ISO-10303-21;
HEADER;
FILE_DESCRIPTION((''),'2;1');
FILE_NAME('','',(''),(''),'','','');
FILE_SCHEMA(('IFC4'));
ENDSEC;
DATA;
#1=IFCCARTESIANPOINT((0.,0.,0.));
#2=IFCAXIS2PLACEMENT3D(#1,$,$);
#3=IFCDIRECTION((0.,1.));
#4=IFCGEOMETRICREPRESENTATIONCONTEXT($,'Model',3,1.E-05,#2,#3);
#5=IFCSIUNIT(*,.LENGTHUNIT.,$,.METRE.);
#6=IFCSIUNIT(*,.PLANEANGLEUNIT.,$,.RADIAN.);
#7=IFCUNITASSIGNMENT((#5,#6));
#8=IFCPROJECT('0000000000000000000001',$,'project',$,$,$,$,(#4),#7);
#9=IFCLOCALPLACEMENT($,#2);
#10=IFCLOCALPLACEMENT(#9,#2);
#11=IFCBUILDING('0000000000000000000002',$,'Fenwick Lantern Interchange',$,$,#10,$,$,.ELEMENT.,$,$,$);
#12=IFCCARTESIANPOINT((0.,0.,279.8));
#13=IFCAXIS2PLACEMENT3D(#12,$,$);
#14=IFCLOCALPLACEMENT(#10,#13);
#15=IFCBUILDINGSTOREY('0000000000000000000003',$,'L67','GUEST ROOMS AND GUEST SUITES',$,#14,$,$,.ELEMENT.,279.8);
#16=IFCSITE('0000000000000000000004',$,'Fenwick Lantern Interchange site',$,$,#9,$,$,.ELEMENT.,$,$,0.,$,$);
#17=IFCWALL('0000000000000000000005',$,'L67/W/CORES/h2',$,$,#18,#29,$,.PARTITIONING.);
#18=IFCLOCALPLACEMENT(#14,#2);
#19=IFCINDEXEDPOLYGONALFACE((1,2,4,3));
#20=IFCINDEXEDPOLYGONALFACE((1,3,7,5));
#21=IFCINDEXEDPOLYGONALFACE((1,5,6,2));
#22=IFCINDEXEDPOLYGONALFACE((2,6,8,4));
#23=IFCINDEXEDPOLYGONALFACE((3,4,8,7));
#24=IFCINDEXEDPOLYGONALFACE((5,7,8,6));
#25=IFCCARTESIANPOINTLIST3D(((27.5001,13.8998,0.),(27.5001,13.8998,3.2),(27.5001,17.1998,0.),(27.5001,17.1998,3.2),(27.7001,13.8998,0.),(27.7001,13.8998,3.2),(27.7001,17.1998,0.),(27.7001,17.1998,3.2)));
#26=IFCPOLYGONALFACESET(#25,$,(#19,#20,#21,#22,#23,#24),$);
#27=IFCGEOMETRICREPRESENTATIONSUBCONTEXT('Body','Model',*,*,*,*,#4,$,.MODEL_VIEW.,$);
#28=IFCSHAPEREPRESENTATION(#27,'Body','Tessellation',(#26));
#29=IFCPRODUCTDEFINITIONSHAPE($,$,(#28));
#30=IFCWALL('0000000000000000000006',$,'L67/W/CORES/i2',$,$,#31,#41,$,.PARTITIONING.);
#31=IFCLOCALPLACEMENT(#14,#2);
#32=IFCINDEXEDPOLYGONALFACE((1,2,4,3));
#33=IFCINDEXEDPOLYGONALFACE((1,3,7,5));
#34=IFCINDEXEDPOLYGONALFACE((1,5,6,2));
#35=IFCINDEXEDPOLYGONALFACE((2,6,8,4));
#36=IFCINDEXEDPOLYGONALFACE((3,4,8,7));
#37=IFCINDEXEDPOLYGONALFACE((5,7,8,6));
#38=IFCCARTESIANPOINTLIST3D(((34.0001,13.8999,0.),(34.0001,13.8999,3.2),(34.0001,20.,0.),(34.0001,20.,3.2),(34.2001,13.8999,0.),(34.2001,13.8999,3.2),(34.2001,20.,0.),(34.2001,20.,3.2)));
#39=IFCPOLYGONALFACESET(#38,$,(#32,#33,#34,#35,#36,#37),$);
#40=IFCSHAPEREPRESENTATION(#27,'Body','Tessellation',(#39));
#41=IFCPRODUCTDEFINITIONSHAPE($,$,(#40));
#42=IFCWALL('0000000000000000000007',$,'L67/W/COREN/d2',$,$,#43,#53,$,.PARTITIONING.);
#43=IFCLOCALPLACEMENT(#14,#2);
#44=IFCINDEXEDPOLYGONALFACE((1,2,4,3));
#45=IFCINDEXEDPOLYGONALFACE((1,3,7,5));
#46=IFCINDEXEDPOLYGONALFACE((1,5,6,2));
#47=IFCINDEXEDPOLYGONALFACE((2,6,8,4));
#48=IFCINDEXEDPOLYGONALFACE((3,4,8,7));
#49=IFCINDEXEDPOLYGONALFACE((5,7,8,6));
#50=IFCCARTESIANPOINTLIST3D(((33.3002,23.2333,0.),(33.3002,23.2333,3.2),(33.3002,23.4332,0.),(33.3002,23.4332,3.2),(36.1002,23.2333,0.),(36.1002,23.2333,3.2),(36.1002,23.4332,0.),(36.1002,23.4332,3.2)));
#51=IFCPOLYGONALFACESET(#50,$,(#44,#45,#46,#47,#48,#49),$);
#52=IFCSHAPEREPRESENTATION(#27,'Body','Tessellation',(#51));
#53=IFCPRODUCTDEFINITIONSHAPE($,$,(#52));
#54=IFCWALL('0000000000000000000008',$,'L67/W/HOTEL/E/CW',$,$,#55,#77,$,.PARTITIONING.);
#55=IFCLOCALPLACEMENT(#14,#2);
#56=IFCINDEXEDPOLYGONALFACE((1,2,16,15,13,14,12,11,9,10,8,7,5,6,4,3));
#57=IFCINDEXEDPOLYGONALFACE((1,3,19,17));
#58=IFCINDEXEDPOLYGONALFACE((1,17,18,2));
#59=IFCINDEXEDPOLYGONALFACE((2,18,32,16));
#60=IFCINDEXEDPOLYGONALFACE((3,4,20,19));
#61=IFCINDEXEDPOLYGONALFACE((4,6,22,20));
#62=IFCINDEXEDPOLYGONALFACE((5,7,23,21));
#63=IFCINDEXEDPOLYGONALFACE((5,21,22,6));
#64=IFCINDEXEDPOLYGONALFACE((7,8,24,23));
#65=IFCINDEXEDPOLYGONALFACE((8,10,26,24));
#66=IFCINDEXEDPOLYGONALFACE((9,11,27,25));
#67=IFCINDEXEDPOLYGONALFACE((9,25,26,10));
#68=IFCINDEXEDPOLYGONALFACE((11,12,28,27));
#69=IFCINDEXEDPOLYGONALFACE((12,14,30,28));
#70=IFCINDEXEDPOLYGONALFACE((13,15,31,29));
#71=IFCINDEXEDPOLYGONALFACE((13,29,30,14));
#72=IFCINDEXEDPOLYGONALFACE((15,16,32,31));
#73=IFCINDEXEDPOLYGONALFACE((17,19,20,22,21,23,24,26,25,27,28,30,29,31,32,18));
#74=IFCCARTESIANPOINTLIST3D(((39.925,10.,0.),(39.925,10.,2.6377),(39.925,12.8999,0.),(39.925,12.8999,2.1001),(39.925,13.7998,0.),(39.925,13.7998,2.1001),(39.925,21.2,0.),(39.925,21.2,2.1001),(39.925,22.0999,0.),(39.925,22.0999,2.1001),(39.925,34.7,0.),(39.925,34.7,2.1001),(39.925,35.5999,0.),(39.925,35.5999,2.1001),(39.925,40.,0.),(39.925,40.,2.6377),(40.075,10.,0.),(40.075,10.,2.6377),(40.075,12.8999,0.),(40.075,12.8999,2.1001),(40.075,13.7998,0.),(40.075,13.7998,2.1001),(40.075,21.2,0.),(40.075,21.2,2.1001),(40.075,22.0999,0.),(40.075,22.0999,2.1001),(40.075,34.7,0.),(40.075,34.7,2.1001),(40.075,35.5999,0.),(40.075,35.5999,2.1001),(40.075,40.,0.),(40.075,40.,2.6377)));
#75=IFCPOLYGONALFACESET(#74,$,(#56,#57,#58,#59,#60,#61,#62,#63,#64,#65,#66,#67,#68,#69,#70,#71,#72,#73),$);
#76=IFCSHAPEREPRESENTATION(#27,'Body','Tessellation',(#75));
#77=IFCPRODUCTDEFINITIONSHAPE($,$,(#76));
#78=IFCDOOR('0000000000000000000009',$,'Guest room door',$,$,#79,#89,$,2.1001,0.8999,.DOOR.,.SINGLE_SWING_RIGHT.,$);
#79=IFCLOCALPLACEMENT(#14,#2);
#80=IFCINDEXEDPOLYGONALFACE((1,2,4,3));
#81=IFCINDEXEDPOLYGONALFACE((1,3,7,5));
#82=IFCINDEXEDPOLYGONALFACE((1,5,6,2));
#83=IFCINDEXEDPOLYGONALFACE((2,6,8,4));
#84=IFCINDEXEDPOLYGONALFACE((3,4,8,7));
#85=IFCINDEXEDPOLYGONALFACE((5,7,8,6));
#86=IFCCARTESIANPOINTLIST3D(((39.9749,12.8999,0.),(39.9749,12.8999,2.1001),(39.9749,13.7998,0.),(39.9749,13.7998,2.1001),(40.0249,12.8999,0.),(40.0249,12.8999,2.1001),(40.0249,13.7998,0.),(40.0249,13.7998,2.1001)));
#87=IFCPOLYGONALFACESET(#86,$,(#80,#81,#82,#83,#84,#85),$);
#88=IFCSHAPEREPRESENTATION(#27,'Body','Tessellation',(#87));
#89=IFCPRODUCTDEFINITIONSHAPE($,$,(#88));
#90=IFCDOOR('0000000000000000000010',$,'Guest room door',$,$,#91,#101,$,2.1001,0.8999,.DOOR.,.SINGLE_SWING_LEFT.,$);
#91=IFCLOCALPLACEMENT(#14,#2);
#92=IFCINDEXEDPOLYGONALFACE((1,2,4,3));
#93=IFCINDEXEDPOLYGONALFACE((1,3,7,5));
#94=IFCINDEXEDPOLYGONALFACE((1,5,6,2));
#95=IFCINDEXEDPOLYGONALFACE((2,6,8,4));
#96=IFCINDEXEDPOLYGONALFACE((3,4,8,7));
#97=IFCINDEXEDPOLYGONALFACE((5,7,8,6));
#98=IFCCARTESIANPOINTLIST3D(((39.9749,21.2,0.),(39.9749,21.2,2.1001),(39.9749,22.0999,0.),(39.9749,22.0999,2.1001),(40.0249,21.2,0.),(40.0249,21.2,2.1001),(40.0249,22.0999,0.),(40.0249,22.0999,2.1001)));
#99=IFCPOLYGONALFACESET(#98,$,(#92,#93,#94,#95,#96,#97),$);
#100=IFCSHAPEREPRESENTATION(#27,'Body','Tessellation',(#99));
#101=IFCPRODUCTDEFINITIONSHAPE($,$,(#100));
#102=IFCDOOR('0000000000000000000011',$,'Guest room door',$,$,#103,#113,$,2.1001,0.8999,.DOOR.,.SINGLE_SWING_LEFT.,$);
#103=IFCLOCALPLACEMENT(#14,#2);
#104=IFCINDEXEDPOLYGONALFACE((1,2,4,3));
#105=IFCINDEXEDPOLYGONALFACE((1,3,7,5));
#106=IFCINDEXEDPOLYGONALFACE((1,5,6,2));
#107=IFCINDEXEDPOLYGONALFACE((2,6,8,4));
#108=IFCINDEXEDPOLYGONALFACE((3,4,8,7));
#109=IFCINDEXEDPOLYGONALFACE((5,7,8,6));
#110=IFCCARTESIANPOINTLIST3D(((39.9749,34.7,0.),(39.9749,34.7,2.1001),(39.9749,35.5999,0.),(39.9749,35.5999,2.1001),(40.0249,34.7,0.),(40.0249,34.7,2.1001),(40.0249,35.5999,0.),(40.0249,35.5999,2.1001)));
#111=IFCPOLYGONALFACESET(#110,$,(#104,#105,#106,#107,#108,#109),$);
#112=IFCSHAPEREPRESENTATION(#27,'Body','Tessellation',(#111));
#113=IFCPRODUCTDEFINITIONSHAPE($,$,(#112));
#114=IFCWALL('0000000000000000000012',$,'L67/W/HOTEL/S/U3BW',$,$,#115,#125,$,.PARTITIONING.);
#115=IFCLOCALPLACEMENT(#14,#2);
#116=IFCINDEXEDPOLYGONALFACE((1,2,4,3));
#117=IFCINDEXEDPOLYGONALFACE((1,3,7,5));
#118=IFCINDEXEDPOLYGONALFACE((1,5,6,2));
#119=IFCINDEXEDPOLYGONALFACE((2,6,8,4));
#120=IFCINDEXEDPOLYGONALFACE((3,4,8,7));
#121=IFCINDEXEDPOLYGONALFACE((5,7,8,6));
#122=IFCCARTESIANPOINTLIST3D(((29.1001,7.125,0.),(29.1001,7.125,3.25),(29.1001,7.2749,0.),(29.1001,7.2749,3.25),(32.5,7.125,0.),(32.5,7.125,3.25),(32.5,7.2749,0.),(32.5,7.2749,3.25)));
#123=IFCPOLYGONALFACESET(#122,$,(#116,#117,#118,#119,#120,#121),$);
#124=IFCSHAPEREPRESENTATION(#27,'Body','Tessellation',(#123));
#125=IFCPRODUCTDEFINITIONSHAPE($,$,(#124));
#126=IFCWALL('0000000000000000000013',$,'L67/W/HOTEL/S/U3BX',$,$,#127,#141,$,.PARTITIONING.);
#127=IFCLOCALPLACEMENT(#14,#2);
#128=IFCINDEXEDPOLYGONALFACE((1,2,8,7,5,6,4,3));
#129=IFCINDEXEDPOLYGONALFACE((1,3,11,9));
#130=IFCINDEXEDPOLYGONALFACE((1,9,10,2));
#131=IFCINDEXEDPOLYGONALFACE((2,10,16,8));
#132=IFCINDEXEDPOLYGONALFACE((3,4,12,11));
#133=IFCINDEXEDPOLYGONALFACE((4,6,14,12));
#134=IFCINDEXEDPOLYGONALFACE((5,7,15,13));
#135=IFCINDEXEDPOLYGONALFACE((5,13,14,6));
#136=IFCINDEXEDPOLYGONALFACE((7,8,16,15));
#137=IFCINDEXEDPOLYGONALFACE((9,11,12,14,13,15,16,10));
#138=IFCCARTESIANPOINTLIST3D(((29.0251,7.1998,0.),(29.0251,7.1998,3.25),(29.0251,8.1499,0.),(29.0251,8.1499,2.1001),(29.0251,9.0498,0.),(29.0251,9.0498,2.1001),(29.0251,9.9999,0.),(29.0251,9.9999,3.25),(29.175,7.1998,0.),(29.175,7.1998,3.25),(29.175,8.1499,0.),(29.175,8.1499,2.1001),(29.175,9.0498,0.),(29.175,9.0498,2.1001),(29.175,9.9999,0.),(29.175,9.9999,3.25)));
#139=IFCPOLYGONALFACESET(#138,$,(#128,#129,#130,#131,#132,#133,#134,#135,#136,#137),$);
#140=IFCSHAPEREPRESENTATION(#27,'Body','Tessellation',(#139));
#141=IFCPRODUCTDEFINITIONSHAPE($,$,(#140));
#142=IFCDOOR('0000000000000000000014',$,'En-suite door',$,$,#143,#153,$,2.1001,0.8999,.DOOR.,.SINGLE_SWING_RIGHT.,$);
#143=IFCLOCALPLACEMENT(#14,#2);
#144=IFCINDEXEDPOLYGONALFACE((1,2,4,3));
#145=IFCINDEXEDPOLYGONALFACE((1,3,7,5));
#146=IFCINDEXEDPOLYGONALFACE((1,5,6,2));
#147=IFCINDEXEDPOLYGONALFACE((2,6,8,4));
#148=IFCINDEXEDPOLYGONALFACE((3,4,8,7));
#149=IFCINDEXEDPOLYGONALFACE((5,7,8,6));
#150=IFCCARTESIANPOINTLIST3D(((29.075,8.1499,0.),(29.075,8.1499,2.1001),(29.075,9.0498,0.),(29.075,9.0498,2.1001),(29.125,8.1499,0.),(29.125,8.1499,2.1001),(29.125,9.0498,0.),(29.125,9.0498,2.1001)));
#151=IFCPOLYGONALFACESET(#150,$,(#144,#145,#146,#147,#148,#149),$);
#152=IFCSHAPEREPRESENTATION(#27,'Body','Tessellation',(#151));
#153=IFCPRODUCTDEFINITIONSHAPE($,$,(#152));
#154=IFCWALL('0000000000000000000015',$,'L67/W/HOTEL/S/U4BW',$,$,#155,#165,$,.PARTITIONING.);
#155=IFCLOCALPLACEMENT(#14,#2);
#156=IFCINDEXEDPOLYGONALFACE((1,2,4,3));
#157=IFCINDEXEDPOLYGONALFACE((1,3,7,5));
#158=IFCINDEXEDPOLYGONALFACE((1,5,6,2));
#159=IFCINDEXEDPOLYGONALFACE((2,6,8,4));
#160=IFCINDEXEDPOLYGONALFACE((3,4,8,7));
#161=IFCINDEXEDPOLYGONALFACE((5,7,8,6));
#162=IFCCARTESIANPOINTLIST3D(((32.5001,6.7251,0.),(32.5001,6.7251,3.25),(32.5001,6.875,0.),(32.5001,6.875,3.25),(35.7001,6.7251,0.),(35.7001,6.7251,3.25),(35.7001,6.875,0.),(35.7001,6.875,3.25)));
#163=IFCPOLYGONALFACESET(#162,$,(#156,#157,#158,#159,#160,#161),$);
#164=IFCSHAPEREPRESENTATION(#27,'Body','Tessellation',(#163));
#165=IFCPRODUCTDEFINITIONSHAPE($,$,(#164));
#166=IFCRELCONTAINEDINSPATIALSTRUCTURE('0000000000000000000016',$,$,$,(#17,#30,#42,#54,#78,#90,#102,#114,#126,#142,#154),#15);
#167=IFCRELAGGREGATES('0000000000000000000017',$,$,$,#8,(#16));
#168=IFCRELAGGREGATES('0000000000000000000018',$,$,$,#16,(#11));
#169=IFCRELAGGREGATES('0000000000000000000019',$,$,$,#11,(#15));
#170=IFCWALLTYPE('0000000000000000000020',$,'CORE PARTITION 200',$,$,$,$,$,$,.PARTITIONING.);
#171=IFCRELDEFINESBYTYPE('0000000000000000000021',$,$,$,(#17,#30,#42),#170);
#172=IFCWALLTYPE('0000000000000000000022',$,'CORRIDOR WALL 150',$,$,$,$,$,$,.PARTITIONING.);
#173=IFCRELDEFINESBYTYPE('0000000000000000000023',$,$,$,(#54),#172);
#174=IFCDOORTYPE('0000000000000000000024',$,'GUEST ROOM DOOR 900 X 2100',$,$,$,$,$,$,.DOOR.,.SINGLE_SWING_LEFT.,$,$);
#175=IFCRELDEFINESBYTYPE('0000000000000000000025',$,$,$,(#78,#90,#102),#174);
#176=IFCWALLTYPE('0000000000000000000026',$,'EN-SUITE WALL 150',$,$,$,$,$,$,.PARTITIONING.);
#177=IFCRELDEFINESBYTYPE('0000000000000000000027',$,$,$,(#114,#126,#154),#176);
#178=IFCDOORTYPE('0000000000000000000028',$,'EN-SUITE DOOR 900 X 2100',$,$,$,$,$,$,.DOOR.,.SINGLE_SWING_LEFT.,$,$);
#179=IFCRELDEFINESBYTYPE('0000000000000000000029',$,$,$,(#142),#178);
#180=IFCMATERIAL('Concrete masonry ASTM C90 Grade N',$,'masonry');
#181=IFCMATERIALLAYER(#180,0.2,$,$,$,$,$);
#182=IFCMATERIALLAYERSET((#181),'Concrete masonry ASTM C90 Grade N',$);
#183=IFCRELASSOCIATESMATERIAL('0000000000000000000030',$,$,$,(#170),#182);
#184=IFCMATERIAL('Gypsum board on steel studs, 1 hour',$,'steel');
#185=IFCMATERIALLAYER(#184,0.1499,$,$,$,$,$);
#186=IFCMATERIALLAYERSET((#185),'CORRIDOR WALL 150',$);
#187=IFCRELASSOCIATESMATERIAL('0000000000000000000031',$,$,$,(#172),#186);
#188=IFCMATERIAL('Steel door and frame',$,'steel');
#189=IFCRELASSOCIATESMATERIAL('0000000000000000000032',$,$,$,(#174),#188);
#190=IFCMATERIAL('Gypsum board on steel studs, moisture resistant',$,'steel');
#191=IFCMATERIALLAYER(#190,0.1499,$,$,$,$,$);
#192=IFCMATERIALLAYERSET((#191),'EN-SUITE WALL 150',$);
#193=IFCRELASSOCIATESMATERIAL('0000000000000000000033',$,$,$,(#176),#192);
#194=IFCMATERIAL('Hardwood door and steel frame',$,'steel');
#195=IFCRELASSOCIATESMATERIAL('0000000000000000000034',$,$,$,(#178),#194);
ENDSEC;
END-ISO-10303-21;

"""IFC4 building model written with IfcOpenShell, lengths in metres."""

from ifc_helpers import new_model, si_unit, direction, frame, frame_2d, origin, place, context, subcontext, project, spatial, rectangle, extrude, material, layer, layer_set, type_object, element, fill, save


model = new_model("IFC4")

# Units and contexts
model_context = context("Model", 3, precision=1e-05, world=origin(), true_north=direction((0.0, 1.0)))
body_context = subcontext(model_context, "Body", "Model", "MODEL_VIEW")
ifc_project = project(units=[si_unit("LENGTHUNIT", "METRE"), si_unit("PLANEANGLEUNIT", "RADIAN")], contexts=[model_context])

# Site, building, storey
site_placement = place(None, origin())
site = spatial("IfcSite", under=ifc_project, at=site_placement, Name="Fenwick Lantern Interchange site", CompositionType="ELEMENT", RefElevation=0.0)
building_placement = place(site_placement, origin())
building = spatial("IfcBuilding", under=site, at=building_placement, Name="Fenwick Lantern Interchange", CompositionType="ELEMENT")
storey_placement = place(building_placement, frame((0.0, 0.0, 279.8)))
storey = spatial("IfcBuildingStorey", under=building, at=storey_placement, Name="L67", Description="GUEST ROOMS AND GUEST SUITES", CompositionType="ELEMENT", Elevation=279.8)

# Walls
ifc_material_1 = material(Name="Concrete masonry ASTM C90 Grade N", Category="masonry")
ifc_layer_1 = layer(ifc_material_1, 0.2)
ifc_layer_set_1 = layer_set([ifc_layer_1], Name="Concrete masonry ASTM C90 Grade N")
wall_type_1 = type_object("IfcWallType", Name="CORE PARTITION 200", PredefinedType="PARTITIONING", material=ifc_layer_set_1)
wall_1_placement = place(storey_placement, frame((27.6001, 13.8999, 0.0), z_axis=(0.0, 0.0, 1.0), x_axis=(0.0, 1.0, 0.0)))
element("IfcWall", 1, at=wall_1_placement, inside=storey, type_object=wall_type_1, Name="L67/W/CORES/h2", PredefinedType="PARTITIONING", context=body_context, shape_type="SweptSolid", body=[
    extrude(rectangle(XDim=3.3, YDim=0.2, at=frame_2d((1.6499, 0.0))), origin(), (0.0, 0.0, 1.0), 3.2),
])
wall_2_placement = place(storey_placement, frame((34.1001, 13.8999, 0.0), z_axis=(0.0, 0.0, 1.0), x_axis=(0.0, 1.0, 0.0)))
element("IfcWall", 2, at=wall_2_placement, inside=storey, type_object=wall_type_1, Name="L67/W/CORES/i2", PredefinedType="PARTITIONING", context=body_context, shape_type="SweptSolid", body=[
    extrude(rectangle(XDim=6.1001, YDim=0.2, at=frame_2d((3.05, 0.0))), origin(), (0.0, 0.0, 1.0), 3.2),
])
wall_3_placement = place(storey_placement, frame((36.1001, 23.3333, 0.0), z_axis=(0.0, 0.0, 1.0), x_axis=(-1.0, 0.0, 0.0)))
element("IfcWall", 3, at=wall_3_placement, inside=storey, type_object=wall_type_1, Name="L67/W/COREN/d2", PredefinedType="PARTITIONING", context=body_context, shape_type="SweptSolid", body=[
    extrude(rectangle(XDim=2.8, YDim=0.2, at=frame_2d((1.3999, 0.0))), origin(), (0.0, 0.0, 1.0), 3.2),
])

# Wall, openings, doors
ifc_material_2 = material(Name="Steel door and frame", Category="steel")
ifc_material_3 = material(Name="Hardwood door and steel frame", Category="steel")
ifc_material_4 = material(Name="Gypsum board on steel studs, 1 hour", Category="steel")
ifc_layer_2 = layer(ifc_material_4, 0.1499)
ifc_layer_set_2 = layer_set([ifc_layer_2], Name="CORRIDOR WALL 150")
wall_type_2 = type_object("IfcWallType", Name="CORRIDOR WALL 150", PredefinedType="PARTITIONING", material=ifc_layer_set_2)
wall_4_placement = place(storey_placement, frame((40.0, 10.0, 0.0), z_axis=(0.0, 0.0, 1.0), x_axis=(0.0, 1.0, 0.0)))
wall_4 = element("IfcWall", 4, at=wall_4_placement, inside=storey, type_object=wall_type_2, Name="L67/W/HOTEL/E/CW", PredefinedType="PARTITIONING", context=body_context, shape_type="SweptSolid", body=[
    extrude(rectangle(XDim=30.0, YDim=0.1499, at=frame_2d((15.0, 0.0))), origin(), (0.0, 0.0, 1.0), 2.6377),
])
opening_1_placement = place(wall_4_placement, frame((2.8999, 0.0, 0.0)))
opening_1 = element("IfcOpeningElement", 5, at=opening_1_placement, cuts=wall_4, PredefinedType="OPENING", context=body_context, shape_type="SweptSolid", body=[
    extrude(rectangle(XDim=0.8999, YDim=2.1001, at=frame_2d((0.45, 1.05))), frame((0.0, 0.085, 0.0), z_axis=(0.0, -1.0, 0.0), x_axis=(1.0, 0.0, 0.0)), (0.0, 0.0, 1.0), 0.1699),
])
opening_2_placement = place(wall_4_placement, frame((11.2, 0.0, 0.0)))
opening_2 = element("IfcOpeningElement", 6, at=opening_2_placement, cuts=wall_4, PredefinedType="OPENING", context=body_context, shape_type="SweptSolid", body=[
    extrude(rectangle(XDim=0.8999, YDim=2.1001, at=frame_2d((0.45, 1.05))), frame((0.0, 0.085, 0.0), z_axis=(0.0, -1.0, 0.0), x_axis=(1.0, 0.0, 0.0)), (0.0, 0.0, 1.0), 0.1699),
])
opening_3_placement = place(wall_4_placement, frame((24.7, 0.0, 0.0)))
opening_3 = element("IfcOpeningElement", 7, at=opening_3_placement, cuts=wall_4, PredefinedType="OPENING", context=body_context, shape_type="SweptSolid", body=[
    extrude(rectangle(XDim=0.8999, YDim=2.1001, at=frame_2d((0.45, 1.05))), frame((0.0, 0.085, 0.0), z_axis=(0.0, -1.0, 0.0), x_axis=(1.0, 0.0, 0.0)), (0.0, 0.0, 1.0), 0.1699),
])
door_type_1 = type_object("IfcDoorType", Name="GUEST ROOM DOOR 900 X 2100", OperationType="SINGLE_SWING_LEFT", PredefinedType="DOOR", material=ifc_material_2)
door_1_placement = place(opening_1_placement, frame((0.8999, 0.0, 0.0), z_axis=(0.0, 0.0, 1.0), x_axis=(-1.0, 0.0, 0.0)))
door_1 = element("IfcDoor", 8, at=door_1_placement, inside=storey, type_object=door_type_1, Name="Guest room door", OperationType="SINGLE_SWING_RIGHT", OverallHeight=2.1001, OverallWidth=0.8999, PredefinedType="DOOR", context=body_context, shape_type="SweptSolid", body=[
    extrude(rectangle(XDim=0.8999, YDim=2.1001, at=frame_2d((0.45, 1.05))), frame((0.0, 0.0249, 0.0), z_axis=(0.0, -1.0, 0.0), x_axis=(1.0, 0.0, 0.0)), (0.0, 0.0, 1.0), 0.05),
])
fill(opening_1, door_1)
door_2_placement = place(opening_2_placement, frame((0.8999, 0.0, 0.0), z_axis=(0.0, 0.0, 1.0), x_axis=(-1.0, 0.0, 0.0)))
door_2 = element("IfcDoor", 9, at=door_2_placement, inside=storey, type_object=door_type_1, Name="Guest room door", OperationType="SINGLE_SWING_LEFT", OverallHeight=2.1001, OverallWidth=0.8999, PredefinedType="DOOR", context=body_context, shape_type="SweptSolid", body=[
    extrude(rectangle(XDim=0.8999, YDim=2.1001, at=frame_2d((0.45, 1.05))), frame((0.0, 0.0249, 0.0), z_axis=(0.0, -1.0, 0.0), x_axis=(1.0, 0.0, 0.0)), (0.0, 0.0, 1.0), 0.05),
])
fill(opening_2, door_2)
door_3_placement = place(opening_3_placement, frame((0.8999, 0.0, 0.0), z_axis=(0.0, 0.0, 1.0), x_axis=(-1.0, 0.0, 0.0)))
door_3 = element("IfcDoor", 10, at=door_3_placement, inside=storey, type_object=door_type_1, Name="Guest room door", OperationType="SINGLE_SWING_LEFT", OverallHeight=2.1001, OverallWidth=0.8999, PredefinedType="DOOR", context=body_context, shape_type="SweptSolid", body=[
    extrude(rectangle(XDim=0.8999, YDim=2.1001, at=frame_2d((0.45, 1.05))), frame((0.0, 0.0249, 0.0), z_axis=(0.0, -1.0, 0.0), x_axis=(1.0, 0.0, 0.0)), (0.0, 0.0, 1.0), 0.05),
])
fill(opening_3, door_3)

# Wall
ifc_material_5 = material(Name="Gypsum board on steel studs, moisture resistant", Category="steel")
ifc_layer_3 = layer(ifc_material_5, 0.1499)
ifc_layer_set_3 = layer_set([ifc_layer_3], Name="EN-SUITE WALL 150")
wall_type_3 = type_object("IfcWallType", Name="EN-SUITE WALL 150", PredefinedType="PARTITIONING", material=ifc_layer_set_3)
wall_5_placement = place(storey_placement, frame((29.1001, 7.2, 0.0), z_axis=(0.0, 0.0, 1.0), x_axis=(1.0, 0.0, 0.0)))
element("IfcWall", 11, at=wall_5_placement, inside=storey, type_object=wall_type_3, Name="L67/W/HOTEL/S/U3BW", PredefinedType="PARTITIONING", context=body_context, shape_type="SweptSolid", body=[
    extrude(rectangle(XDim=3.3999, YDim=0.1499, at=frame_2d((1.7, 0.0))), origin(), (0.0, 0.0, 1.0), 3.25),
])

# Wall, opening, door
wall_6_placement = place(storey_placement, frame((29.1001, 7.2, 0.0), z_axis=(0.0, 0.0, 1.0), x_axis=(0.0, 1.0, 0.0)))
wall_6 = element("IfcWall", 12, at=wall_6_placement, inside=storey, type_object=wall_type_3, Name="L67/W/HOTEL/S/U3BX", PredefinedType="PARTITIONING", context=body_context, shape_type="SweptSolid", body=[
    extrude(rectangle(XDim=2.8, YDim=0.1499, at=frame_2d((1.3999, 0.0))), origin(), (0.0, 0.0, 1.0), 3.25),
])
opening_4_placement = place(wall_6_placement, frame((0.95, 0.0, 0.0)))
opening_4 = element("IfcOpeningElement", 13, at=opening_4_placement, cuts=wall_6, PredefinedType="OPENING", context=body_context, shape_type="SweptSolid", body=[
    extrude(rectangle(XDim=0.8999, YDim=2.1001, at=frame_2d((0.45, 1.05))), frame((0.0, 0.085, 0.0), z_axis=(0.0, -1.0, 0.0), x_axis=(1.0, 0.0, 0.0)), (0.0, 0.0, 1.0), 0.1699),
])
door_type_2 = type_object("IfcDoorType", Name="EN-SUITE DOOR 900 X 2100", OperationType="SINGLE_SWING_LEFT", PredefinedType="DOOR", material=ifc_material_3)
door_4_placement = place(opening_4_placement, frame((0.8999, 0.0, 0.0), z_axis=(0.0, 0.0, 1.0), x_axis=(-1.0, 0.0, 0.0)))
door_4 = element("IfcDoor", 14, at=door_4_placement, inside=storey, type_object=door_type_2, Name="En-suite door", OperationType="SINGLE_SWING_RIGHT", OverallHeight=2.1001, OverallWidth=0.8999, PredefinedType="DOOR", context=body_context, shape_type="SweptSolid", body=[
    extrude(rectangle(XDim=0.8999, YDim=2.1001, at=frame_2d((0.45, 1.05))), frame((0.0, 0.0249, 0.0), z_axis=(0.0, -1.0, 0.0), x_axis=(1.0, 0.0, 0.0)), (0.0, 0.0, 1.0), 0.05),
])
fill(opening_4, door_4)

# Wall
wall_7_placement = place(storey_placement, frame((32.5, 6.8, 0.0), z_axis=(0.0, 0.0, 1.0), x_axis=(1.0, 0.0, 0.0)))
element("IfcWall", 15, at=wall_7_placement, inside=storey, type_object=wall_type_3, Name="L67/W/HOTEL/S/U4BW", PredefinedType="PARTITIONING", context=body_context, shape_type="SweptSolid", body=[
    extrude(rectangle(XDim=3.2, YDim=0.1499, at=frame_2d((1.6001, 0.0))), origin(), (0.0, 0.0, 1.0), 3.25),
])

save(model, "model.ifc")
